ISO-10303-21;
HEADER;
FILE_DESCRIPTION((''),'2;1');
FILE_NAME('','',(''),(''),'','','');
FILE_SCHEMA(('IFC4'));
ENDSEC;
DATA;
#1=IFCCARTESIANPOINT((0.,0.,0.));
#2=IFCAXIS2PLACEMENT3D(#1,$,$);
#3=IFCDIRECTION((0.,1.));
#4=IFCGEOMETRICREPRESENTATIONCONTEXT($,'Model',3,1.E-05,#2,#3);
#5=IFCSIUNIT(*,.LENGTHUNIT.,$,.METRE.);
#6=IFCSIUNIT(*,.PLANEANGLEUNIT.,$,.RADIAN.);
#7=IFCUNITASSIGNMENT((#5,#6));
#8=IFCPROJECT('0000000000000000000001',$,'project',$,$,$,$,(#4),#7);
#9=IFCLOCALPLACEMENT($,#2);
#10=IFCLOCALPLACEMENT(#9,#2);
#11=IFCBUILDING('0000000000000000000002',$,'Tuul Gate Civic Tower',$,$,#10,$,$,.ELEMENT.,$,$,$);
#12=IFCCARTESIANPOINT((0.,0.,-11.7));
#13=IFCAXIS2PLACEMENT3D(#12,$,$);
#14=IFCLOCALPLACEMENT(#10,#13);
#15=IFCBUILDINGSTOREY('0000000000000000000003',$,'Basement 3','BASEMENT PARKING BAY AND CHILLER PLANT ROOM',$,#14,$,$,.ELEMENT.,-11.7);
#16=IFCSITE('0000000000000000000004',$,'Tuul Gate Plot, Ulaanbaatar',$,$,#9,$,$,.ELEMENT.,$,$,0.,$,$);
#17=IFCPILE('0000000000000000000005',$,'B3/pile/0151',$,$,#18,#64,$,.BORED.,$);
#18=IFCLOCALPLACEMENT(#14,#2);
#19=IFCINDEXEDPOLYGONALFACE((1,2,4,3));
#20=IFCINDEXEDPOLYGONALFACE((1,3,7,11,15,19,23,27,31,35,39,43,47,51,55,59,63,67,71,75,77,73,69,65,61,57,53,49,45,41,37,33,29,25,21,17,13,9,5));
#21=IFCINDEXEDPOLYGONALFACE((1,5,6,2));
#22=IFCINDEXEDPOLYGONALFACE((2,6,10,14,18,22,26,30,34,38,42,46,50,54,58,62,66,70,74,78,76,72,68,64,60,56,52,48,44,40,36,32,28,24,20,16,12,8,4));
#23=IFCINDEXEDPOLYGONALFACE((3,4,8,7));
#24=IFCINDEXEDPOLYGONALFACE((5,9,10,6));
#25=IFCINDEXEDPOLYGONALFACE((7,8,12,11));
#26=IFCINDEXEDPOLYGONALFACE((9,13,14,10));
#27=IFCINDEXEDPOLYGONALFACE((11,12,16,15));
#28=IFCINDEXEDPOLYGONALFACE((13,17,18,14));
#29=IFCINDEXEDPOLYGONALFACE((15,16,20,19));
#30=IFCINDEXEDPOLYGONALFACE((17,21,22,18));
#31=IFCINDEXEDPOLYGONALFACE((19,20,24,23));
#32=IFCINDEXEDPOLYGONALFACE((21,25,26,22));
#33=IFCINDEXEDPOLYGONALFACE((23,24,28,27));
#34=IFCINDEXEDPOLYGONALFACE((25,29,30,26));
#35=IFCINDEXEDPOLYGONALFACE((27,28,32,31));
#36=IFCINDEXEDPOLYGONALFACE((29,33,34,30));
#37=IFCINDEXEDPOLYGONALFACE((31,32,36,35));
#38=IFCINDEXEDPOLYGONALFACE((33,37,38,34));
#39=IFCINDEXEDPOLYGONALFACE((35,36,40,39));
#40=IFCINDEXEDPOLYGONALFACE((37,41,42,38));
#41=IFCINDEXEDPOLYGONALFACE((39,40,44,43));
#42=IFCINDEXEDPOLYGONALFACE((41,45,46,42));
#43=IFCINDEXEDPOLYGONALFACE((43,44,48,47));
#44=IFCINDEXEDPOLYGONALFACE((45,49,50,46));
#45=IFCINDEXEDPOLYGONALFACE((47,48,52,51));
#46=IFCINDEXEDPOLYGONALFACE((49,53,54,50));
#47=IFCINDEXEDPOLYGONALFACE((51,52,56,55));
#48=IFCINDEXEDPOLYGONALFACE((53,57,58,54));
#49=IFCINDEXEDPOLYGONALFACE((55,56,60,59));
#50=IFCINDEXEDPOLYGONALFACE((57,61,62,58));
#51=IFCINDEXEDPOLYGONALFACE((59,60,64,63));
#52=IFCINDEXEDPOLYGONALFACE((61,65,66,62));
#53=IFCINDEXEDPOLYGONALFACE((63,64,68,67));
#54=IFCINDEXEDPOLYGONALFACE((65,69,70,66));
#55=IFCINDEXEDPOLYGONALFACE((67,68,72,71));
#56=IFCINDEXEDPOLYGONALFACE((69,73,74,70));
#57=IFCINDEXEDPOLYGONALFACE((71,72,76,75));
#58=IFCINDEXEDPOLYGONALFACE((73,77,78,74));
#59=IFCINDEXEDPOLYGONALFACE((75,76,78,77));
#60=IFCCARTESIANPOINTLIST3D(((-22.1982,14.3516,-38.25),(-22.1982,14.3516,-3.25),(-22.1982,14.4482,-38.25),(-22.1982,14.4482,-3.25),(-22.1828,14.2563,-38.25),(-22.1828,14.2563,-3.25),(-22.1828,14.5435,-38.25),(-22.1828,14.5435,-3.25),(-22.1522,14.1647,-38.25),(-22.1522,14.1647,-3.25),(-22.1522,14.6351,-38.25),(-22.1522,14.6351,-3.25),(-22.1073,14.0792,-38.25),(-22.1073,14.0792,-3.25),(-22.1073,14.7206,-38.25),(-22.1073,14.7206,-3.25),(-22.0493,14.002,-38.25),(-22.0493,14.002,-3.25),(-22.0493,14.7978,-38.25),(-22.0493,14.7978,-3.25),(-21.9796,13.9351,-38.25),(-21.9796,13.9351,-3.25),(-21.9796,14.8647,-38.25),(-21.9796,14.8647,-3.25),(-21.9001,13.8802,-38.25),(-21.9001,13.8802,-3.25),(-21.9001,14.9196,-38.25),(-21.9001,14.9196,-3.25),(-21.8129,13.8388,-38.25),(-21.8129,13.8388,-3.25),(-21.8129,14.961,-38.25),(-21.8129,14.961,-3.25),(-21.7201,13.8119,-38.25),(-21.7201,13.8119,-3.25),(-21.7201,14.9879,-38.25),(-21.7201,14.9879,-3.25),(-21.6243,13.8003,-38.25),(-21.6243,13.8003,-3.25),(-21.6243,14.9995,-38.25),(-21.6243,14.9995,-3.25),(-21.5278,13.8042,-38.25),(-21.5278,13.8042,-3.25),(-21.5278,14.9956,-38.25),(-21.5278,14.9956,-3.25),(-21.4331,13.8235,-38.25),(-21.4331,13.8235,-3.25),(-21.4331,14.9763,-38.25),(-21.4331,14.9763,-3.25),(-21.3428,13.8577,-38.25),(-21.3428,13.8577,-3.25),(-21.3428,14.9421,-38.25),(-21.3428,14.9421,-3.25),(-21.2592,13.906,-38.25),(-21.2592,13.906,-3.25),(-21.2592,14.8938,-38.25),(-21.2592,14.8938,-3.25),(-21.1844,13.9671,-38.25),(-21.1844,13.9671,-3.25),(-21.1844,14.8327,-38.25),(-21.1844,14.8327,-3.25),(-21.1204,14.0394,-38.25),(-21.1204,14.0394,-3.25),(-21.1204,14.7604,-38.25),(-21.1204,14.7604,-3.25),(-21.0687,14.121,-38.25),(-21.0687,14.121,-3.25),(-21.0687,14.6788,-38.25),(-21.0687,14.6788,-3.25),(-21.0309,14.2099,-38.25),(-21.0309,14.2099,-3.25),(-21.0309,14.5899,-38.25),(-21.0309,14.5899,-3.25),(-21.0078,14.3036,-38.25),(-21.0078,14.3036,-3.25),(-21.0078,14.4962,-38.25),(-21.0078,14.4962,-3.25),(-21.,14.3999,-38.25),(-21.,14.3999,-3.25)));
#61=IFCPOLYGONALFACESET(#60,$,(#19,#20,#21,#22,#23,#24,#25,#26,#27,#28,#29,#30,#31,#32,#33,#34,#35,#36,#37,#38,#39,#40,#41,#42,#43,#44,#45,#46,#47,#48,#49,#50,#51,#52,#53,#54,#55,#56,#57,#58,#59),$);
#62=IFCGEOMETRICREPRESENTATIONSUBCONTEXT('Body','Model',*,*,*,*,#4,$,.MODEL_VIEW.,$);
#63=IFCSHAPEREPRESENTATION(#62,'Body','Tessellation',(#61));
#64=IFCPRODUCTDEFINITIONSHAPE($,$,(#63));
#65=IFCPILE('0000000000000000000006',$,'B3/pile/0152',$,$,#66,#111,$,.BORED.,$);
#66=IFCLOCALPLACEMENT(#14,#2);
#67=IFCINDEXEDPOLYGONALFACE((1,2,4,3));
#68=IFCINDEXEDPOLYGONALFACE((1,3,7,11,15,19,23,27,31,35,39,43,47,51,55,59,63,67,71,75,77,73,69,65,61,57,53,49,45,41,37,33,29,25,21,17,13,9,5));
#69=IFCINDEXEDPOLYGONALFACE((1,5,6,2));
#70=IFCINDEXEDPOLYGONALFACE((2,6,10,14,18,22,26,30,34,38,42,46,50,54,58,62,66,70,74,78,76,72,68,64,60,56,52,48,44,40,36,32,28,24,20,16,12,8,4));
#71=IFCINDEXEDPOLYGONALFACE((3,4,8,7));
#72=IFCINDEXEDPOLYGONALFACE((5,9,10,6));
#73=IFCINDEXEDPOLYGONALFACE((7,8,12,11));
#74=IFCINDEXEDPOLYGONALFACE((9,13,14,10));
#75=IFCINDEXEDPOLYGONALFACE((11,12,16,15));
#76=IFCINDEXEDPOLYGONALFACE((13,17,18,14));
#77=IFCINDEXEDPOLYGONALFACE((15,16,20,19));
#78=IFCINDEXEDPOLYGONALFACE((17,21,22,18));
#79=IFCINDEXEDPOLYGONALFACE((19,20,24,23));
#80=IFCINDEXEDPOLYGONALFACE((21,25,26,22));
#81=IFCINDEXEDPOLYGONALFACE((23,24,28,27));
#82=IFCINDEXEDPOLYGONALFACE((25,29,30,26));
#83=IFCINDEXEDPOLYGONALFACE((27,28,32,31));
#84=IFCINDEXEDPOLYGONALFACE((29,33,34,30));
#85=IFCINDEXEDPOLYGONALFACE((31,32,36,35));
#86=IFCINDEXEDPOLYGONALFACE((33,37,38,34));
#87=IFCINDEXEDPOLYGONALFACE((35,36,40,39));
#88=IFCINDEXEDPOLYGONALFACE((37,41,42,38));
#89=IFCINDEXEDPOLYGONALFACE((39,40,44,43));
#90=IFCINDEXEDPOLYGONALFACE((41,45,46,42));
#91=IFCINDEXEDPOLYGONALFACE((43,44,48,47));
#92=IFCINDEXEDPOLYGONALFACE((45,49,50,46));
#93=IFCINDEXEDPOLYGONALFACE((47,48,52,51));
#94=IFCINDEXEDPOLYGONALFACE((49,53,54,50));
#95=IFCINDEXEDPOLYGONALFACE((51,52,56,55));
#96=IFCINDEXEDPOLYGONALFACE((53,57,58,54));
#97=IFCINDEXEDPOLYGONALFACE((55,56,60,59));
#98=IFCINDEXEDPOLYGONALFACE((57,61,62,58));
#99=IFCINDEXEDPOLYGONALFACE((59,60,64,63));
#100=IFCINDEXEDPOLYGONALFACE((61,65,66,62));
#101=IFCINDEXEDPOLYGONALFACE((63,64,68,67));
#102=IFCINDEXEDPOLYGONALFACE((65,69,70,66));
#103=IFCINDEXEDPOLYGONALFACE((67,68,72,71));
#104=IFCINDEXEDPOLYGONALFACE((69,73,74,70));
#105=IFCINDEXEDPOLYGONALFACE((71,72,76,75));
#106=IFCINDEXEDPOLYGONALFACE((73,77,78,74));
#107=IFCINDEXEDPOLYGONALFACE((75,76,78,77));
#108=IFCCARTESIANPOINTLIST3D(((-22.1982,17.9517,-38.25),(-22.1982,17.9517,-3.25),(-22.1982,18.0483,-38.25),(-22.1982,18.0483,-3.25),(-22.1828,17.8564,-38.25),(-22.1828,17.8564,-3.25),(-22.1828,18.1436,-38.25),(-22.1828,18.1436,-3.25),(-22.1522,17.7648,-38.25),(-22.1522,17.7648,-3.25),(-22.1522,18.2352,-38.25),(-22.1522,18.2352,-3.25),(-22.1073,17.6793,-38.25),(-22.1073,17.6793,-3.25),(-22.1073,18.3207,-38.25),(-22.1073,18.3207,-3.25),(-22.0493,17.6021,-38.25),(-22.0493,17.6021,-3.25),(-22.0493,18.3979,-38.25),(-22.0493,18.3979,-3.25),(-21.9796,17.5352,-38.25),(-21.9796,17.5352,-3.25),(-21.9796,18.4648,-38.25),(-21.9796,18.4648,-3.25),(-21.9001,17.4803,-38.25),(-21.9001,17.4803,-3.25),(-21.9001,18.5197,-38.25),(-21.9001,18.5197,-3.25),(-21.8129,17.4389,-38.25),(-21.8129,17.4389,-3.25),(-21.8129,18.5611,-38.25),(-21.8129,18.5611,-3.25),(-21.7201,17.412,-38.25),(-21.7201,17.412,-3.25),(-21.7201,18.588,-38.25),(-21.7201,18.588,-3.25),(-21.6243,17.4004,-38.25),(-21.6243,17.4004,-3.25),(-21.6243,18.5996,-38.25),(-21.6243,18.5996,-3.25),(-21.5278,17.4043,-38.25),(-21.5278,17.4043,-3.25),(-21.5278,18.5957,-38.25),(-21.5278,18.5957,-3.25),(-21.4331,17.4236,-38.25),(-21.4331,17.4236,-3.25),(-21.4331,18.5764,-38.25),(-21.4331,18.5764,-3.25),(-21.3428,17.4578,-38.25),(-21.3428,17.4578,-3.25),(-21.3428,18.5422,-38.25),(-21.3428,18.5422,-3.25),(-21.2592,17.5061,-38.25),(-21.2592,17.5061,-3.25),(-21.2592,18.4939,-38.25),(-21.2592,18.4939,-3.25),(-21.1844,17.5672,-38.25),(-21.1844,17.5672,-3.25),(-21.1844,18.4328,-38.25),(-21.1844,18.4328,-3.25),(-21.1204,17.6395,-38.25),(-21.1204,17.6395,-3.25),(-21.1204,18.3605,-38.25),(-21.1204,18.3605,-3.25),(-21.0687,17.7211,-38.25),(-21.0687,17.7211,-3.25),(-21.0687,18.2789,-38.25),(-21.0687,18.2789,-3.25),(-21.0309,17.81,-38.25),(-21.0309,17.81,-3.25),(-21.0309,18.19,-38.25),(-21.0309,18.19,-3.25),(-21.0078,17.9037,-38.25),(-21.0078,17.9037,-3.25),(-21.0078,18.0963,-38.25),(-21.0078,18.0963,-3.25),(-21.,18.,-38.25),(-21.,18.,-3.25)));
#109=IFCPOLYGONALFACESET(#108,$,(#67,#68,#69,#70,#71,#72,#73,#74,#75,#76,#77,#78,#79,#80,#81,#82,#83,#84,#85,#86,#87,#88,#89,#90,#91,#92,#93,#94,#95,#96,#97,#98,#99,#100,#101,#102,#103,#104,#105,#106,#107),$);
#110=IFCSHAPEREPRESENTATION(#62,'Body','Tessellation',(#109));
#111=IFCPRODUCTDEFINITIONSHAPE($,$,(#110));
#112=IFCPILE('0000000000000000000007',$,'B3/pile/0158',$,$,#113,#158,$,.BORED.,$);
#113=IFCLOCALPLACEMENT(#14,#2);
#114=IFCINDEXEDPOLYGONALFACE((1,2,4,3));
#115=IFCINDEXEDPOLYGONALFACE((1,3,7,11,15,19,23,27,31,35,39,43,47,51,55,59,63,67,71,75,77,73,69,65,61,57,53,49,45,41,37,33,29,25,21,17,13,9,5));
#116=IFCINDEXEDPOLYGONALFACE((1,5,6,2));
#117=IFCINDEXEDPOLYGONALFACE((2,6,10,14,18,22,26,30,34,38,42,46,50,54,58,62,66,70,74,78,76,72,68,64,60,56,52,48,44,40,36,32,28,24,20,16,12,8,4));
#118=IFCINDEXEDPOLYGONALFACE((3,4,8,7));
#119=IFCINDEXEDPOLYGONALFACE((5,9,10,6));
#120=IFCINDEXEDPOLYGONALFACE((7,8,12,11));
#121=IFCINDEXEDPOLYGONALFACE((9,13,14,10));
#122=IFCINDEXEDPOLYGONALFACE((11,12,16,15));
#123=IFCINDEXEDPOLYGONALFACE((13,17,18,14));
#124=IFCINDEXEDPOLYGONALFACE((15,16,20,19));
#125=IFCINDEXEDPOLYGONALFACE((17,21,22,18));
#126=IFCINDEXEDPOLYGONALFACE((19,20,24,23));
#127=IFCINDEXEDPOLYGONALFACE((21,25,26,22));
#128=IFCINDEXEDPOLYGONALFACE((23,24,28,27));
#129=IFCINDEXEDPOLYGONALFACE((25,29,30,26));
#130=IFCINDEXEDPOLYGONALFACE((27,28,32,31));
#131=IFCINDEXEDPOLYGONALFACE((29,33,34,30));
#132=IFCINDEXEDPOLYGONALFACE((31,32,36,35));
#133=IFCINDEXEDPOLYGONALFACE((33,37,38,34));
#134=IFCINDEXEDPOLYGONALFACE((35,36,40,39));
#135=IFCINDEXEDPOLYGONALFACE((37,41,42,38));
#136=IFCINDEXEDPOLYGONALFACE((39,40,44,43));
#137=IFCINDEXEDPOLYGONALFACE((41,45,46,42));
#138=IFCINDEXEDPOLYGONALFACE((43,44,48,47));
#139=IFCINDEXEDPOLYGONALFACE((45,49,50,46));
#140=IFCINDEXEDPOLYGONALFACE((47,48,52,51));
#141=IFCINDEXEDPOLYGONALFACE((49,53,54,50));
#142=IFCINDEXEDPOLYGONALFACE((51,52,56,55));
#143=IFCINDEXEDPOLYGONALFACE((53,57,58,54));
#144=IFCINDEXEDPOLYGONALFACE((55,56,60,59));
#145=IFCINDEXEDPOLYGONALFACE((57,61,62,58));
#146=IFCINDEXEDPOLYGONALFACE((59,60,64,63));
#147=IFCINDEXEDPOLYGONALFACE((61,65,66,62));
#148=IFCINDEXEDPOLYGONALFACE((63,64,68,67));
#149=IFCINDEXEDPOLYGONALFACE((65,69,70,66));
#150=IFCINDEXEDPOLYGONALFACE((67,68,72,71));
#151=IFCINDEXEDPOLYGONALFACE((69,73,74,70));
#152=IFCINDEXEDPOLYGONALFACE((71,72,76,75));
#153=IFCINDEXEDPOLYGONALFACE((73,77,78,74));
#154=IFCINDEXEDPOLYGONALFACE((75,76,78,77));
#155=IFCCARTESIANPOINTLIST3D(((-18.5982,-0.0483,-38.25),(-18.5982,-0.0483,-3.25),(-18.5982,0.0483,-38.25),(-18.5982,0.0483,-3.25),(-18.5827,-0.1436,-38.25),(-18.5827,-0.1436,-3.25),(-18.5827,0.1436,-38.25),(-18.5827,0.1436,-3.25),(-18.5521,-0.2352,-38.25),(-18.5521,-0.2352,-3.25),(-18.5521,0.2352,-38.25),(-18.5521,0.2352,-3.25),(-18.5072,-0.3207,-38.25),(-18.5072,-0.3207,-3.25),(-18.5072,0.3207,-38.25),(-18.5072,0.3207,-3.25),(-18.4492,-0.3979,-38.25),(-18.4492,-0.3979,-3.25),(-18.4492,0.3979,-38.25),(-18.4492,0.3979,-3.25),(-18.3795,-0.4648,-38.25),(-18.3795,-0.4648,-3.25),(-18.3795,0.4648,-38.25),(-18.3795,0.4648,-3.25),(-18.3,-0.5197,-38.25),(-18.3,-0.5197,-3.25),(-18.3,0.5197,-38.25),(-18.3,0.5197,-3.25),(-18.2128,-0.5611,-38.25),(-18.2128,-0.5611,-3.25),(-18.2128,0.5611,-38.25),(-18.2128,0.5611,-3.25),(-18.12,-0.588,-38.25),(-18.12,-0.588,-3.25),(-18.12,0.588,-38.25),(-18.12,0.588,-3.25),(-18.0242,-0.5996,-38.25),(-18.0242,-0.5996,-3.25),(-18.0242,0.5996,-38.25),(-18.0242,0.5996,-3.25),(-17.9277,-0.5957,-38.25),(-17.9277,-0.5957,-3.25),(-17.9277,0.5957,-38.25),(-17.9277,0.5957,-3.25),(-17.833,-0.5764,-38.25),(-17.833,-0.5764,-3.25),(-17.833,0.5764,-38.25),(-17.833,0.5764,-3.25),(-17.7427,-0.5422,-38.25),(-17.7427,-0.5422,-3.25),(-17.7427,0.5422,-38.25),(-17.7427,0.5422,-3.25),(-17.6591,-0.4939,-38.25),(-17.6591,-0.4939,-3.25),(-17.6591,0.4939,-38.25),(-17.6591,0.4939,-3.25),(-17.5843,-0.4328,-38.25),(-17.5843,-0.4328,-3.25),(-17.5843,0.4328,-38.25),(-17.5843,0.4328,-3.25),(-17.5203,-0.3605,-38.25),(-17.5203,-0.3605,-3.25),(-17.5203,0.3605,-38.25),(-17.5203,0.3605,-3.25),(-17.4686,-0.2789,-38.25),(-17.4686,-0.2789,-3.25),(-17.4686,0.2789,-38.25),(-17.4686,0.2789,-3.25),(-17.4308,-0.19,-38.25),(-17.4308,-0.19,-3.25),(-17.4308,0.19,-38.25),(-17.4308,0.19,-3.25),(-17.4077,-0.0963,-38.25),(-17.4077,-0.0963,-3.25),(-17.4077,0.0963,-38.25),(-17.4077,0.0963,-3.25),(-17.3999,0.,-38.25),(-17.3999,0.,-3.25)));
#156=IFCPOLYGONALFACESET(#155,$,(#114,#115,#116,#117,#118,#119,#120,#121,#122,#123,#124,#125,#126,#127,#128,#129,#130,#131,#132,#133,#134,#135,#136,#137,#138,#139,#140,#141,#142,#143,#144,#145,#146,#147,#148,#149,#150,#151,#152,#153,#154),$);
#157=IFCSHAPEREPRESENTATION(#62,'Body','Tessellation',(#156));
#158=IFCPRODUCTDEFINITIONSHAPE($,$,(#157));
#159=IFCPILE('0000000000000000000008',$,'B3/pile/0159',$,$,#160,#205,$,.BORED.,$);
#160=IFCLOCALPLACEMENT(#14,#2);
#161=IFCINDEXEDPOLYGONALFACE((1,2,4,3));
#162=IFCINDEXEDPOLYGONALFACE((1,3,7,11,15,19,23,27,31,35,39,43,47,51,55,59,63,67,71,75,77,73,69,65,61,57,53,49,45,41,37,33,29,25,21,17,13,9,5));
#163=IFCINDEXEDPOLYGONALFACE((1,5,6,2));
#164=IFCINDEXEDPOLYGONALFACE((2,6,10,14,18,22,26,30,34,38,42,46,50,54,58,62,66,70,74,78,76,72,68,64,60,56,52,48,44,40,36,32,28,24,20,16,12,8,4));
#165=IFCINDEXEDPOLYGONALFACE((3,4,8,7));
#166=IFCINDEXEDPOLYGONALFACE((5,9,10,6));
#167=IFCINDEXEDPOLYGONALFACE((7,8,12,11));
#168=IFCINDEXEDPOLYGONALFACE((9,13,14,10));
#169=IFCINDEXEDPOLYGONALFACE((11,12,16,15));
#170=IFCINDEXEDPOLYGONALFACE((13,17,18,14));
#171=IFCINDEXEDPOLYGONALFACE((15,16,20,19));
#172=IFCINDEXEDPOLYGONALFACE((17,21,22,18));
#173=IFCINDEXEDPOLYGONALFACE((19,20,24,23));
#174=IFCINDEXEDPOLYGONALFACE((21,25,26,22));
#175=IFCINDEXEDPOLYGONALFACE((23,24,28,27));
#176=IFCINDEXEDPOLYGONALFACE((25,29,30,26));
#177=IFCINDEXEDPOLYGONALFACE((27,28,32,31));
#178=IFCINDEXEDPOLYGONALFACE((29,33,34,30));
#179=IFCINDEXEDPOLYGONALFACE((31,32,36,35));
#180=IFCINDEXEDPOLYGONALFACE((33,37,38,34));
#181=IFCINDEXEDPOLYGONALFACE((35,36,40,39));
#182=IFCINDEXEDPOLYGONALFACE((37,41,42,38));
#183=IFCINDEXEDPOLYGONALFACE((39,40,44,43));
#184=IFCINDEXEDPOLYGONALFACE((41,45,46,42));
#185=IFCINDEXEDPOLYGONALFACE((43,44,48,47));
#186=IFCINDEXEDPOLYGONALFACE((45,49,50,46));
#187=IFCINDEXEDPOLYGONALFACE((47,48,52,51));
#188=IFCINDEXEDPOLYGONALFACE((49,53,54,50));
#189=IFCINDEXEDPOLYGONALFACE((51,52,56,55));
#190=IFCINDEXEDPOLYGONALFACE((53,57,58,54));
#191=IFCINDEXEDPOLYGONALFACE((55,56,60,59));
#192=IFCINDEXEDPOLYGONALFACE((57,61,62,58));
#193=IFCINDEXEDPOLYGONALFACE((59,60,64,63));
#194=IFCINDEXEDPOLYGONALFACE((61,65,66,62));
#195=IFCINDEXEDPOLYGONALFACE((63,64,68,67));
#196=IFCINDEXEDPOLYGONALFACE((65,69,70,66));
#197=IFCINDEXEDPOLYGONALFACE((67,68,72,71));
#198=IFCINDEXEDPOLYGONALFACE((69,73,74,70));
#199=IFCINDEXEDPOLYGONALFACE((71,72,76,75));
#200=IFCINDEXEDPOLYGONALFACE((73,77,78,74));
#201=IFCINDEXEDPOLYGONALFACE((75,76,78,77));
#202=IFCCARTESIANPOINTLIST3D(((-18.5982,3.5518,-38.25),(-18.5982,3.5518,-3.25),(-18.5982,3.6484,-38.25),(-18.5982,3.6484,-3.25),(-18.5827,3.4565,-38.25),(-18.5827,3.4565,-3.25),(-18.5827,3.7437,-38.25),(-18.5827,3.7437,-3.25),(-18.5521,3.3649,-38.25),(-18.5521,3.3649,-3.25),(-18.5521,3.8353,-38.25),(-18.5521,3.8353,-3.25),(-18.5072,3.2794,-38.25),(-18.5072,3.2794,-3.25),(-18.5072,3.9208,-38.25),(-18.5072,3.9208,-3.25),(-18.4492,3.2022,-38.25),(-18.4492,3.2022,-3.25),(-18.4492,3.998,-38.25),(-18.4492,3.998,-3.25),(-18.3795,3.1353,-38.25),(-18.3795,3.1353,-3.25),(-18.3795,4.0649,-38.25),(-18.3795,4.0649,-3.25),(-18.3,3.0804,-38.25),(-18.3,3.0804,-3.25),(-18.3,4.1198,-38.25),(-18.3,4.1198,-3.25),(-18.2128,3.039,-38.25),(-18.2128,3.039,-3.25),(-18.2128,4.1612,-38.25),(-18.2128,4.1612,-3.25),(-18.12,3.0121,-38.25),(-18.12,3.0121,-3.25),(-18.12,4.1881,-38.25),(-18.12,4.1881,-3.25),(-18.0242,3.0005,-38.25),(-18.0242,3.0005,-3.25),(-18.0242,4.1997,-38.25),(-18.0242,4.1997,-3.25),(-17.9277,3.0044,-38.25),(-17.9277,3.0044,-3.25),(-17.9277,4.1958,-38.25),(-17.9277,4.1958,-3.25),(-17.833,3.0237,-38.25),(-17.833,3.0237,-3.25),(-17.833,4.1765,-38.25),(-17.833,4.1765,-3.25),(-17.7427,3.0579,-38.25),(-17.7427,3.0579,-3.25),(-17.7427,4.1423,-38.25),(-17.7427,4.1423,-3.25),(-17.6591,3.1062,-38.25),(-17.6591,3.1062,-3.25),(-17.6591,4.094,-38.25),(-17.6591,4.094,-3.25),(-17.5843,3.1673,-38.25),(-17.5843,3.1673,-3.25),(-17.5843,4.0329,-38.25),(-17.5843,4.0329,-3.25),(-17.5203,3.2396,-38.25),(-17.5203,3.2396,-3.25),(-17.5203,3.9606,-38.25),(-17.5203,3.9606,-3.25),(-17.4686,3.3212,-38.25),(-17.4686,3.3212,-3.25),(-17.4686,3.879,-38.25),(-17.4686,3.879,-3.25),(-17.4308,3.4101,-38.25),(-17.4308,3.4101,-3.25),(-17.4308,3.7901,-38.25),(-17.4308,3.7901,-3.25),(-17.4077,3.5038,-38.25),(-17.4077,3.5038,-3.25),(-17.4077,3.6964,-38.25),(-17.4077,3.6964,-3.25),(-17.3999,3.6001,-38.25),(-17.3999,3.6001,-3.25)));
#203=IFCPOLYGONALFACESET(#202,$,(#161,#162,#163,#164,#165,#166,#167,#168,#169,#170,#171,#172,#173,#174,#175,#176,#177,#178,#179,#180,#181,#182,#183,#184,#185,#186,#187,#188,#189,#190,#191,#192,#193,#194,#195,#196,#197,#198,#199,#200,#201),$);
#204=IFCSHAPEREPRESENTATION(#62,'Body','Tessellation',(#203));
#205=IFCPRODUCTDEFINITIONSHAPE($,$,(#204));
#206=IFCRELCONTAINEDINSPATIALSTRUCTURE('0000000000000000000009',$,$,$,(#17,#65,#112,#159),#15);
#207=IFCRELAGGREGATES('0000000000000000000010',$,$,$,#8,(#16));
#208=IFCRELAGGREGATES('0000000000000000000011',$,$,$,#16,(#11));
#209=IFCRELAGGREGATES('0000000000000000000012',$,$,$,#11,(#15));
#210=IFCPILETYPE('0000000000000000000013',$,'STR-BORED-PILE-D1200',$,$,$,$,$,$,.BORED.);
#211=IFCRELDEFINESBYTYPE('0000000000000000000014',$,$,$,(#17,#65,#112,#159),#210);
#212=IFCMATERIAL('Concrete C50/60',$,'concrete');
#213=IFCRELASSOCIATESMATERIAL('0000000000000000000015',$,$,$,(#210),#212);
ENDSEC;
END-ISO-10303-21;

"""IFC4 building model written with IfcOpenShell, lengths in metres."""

from ifc_helpers import new_model, si_unit, direction, frame, origin, origin_2d, place, context, subcontext, project, spatial, circle, extrude, material, material_profile, profile_set, type_object, element, save


model = new_model("IFC4")

# Units and contexts
model_context = context("Model", 3, precision=1e-05, world=origin(), true_north=direction((0.0, 1.0)))
body_context = subcontext(model_context, "Body", "Model", "MODEL_VIEW")
ifc_project = project(units=[si_unit("LENGTHUNIT", "METRE"), si_unit("PLANEANGLEUNIT", "RADIAN")], contexts=[model_context])

# Site, building, storey
site_placement = place(None, origin())
site = spatial("IfcSite", under=ifc_project, at=site_placement, Name="Tuul Gate Plot, Ulaanbaatar", CompositionType="ELEMENT", RefElevation=0.0)
building_placement = place(site_placement, origin())
building = spatial("IfcBuilding", under=site, at=building_placement, Name="Tuul Gate Civic Tower", CompositionType="ELEMENT")
storey_placement = place(building_placement, frame((0.0, 0.0, -11.7)))
storey = spatial("IfcBuildingStorey", under=building, at=storey_placement, Name="Basement 3", Description="BASEMENT PARKING BAY AND CHILLER PLANT ROOM", CompositionType="ELEMENT", Elevation=-11.7)

# Piles
ifc_material_1 = material(Name="Concrete C50/60", Category="concrete")
ifc_material_profile_1 = material_profile(ifc_material_1, circle(Radius=0.6001, at=origin_2d()), Name="PILE1200")
ifc_profile_set_1 = profile_set([ifc_material_profile_1], Name="Concrete C50/60")
pile_type = type_object("IfcPileType", Name="STR-BORED-PILE-D1200", PredefinedType="BORED", material=ifc_profile_set_1)
for number, where, z_axis, x_axis, name in (
    (1, (-21.6001, 14.3999, -3.25), (0.0, 0.0, -1.0), (1.0, 0.0, 0.0), "B3/pile/0151"),
    (2, (-21.6001, 18.0, -3.25), (0.0, 0.0, -1.0), (1.0, 0.0, 0.0), "B3/pile/0152"),
    (3, (-18.0, 0.0, -3.25), (0.0, 0.0, -1.0), (1.0, 0.0, 0.0), "B3/pile/0158"),
    (4, (-18.0, 3.6001, -3.25), (0.0, 0.0, -1.0), (1.0, 0.0, 0.0), "B3/pile/0159"),
):
    element("IfcPile", number, at=place(storey_placement, frame(where, z_axis=z_axis, x_axis=x_axis)), inside=storey, type_object=pile_type, Name=name, PredefinedType="BORED", context=body_context, shape_type="SweptSolid", body=[
        extrude(circle(Radius=0.6001, at=origin_2d()), origin(), (0.0, 0.0, 1.0), 35.0),
    ])

save(model, "model.ifc")
